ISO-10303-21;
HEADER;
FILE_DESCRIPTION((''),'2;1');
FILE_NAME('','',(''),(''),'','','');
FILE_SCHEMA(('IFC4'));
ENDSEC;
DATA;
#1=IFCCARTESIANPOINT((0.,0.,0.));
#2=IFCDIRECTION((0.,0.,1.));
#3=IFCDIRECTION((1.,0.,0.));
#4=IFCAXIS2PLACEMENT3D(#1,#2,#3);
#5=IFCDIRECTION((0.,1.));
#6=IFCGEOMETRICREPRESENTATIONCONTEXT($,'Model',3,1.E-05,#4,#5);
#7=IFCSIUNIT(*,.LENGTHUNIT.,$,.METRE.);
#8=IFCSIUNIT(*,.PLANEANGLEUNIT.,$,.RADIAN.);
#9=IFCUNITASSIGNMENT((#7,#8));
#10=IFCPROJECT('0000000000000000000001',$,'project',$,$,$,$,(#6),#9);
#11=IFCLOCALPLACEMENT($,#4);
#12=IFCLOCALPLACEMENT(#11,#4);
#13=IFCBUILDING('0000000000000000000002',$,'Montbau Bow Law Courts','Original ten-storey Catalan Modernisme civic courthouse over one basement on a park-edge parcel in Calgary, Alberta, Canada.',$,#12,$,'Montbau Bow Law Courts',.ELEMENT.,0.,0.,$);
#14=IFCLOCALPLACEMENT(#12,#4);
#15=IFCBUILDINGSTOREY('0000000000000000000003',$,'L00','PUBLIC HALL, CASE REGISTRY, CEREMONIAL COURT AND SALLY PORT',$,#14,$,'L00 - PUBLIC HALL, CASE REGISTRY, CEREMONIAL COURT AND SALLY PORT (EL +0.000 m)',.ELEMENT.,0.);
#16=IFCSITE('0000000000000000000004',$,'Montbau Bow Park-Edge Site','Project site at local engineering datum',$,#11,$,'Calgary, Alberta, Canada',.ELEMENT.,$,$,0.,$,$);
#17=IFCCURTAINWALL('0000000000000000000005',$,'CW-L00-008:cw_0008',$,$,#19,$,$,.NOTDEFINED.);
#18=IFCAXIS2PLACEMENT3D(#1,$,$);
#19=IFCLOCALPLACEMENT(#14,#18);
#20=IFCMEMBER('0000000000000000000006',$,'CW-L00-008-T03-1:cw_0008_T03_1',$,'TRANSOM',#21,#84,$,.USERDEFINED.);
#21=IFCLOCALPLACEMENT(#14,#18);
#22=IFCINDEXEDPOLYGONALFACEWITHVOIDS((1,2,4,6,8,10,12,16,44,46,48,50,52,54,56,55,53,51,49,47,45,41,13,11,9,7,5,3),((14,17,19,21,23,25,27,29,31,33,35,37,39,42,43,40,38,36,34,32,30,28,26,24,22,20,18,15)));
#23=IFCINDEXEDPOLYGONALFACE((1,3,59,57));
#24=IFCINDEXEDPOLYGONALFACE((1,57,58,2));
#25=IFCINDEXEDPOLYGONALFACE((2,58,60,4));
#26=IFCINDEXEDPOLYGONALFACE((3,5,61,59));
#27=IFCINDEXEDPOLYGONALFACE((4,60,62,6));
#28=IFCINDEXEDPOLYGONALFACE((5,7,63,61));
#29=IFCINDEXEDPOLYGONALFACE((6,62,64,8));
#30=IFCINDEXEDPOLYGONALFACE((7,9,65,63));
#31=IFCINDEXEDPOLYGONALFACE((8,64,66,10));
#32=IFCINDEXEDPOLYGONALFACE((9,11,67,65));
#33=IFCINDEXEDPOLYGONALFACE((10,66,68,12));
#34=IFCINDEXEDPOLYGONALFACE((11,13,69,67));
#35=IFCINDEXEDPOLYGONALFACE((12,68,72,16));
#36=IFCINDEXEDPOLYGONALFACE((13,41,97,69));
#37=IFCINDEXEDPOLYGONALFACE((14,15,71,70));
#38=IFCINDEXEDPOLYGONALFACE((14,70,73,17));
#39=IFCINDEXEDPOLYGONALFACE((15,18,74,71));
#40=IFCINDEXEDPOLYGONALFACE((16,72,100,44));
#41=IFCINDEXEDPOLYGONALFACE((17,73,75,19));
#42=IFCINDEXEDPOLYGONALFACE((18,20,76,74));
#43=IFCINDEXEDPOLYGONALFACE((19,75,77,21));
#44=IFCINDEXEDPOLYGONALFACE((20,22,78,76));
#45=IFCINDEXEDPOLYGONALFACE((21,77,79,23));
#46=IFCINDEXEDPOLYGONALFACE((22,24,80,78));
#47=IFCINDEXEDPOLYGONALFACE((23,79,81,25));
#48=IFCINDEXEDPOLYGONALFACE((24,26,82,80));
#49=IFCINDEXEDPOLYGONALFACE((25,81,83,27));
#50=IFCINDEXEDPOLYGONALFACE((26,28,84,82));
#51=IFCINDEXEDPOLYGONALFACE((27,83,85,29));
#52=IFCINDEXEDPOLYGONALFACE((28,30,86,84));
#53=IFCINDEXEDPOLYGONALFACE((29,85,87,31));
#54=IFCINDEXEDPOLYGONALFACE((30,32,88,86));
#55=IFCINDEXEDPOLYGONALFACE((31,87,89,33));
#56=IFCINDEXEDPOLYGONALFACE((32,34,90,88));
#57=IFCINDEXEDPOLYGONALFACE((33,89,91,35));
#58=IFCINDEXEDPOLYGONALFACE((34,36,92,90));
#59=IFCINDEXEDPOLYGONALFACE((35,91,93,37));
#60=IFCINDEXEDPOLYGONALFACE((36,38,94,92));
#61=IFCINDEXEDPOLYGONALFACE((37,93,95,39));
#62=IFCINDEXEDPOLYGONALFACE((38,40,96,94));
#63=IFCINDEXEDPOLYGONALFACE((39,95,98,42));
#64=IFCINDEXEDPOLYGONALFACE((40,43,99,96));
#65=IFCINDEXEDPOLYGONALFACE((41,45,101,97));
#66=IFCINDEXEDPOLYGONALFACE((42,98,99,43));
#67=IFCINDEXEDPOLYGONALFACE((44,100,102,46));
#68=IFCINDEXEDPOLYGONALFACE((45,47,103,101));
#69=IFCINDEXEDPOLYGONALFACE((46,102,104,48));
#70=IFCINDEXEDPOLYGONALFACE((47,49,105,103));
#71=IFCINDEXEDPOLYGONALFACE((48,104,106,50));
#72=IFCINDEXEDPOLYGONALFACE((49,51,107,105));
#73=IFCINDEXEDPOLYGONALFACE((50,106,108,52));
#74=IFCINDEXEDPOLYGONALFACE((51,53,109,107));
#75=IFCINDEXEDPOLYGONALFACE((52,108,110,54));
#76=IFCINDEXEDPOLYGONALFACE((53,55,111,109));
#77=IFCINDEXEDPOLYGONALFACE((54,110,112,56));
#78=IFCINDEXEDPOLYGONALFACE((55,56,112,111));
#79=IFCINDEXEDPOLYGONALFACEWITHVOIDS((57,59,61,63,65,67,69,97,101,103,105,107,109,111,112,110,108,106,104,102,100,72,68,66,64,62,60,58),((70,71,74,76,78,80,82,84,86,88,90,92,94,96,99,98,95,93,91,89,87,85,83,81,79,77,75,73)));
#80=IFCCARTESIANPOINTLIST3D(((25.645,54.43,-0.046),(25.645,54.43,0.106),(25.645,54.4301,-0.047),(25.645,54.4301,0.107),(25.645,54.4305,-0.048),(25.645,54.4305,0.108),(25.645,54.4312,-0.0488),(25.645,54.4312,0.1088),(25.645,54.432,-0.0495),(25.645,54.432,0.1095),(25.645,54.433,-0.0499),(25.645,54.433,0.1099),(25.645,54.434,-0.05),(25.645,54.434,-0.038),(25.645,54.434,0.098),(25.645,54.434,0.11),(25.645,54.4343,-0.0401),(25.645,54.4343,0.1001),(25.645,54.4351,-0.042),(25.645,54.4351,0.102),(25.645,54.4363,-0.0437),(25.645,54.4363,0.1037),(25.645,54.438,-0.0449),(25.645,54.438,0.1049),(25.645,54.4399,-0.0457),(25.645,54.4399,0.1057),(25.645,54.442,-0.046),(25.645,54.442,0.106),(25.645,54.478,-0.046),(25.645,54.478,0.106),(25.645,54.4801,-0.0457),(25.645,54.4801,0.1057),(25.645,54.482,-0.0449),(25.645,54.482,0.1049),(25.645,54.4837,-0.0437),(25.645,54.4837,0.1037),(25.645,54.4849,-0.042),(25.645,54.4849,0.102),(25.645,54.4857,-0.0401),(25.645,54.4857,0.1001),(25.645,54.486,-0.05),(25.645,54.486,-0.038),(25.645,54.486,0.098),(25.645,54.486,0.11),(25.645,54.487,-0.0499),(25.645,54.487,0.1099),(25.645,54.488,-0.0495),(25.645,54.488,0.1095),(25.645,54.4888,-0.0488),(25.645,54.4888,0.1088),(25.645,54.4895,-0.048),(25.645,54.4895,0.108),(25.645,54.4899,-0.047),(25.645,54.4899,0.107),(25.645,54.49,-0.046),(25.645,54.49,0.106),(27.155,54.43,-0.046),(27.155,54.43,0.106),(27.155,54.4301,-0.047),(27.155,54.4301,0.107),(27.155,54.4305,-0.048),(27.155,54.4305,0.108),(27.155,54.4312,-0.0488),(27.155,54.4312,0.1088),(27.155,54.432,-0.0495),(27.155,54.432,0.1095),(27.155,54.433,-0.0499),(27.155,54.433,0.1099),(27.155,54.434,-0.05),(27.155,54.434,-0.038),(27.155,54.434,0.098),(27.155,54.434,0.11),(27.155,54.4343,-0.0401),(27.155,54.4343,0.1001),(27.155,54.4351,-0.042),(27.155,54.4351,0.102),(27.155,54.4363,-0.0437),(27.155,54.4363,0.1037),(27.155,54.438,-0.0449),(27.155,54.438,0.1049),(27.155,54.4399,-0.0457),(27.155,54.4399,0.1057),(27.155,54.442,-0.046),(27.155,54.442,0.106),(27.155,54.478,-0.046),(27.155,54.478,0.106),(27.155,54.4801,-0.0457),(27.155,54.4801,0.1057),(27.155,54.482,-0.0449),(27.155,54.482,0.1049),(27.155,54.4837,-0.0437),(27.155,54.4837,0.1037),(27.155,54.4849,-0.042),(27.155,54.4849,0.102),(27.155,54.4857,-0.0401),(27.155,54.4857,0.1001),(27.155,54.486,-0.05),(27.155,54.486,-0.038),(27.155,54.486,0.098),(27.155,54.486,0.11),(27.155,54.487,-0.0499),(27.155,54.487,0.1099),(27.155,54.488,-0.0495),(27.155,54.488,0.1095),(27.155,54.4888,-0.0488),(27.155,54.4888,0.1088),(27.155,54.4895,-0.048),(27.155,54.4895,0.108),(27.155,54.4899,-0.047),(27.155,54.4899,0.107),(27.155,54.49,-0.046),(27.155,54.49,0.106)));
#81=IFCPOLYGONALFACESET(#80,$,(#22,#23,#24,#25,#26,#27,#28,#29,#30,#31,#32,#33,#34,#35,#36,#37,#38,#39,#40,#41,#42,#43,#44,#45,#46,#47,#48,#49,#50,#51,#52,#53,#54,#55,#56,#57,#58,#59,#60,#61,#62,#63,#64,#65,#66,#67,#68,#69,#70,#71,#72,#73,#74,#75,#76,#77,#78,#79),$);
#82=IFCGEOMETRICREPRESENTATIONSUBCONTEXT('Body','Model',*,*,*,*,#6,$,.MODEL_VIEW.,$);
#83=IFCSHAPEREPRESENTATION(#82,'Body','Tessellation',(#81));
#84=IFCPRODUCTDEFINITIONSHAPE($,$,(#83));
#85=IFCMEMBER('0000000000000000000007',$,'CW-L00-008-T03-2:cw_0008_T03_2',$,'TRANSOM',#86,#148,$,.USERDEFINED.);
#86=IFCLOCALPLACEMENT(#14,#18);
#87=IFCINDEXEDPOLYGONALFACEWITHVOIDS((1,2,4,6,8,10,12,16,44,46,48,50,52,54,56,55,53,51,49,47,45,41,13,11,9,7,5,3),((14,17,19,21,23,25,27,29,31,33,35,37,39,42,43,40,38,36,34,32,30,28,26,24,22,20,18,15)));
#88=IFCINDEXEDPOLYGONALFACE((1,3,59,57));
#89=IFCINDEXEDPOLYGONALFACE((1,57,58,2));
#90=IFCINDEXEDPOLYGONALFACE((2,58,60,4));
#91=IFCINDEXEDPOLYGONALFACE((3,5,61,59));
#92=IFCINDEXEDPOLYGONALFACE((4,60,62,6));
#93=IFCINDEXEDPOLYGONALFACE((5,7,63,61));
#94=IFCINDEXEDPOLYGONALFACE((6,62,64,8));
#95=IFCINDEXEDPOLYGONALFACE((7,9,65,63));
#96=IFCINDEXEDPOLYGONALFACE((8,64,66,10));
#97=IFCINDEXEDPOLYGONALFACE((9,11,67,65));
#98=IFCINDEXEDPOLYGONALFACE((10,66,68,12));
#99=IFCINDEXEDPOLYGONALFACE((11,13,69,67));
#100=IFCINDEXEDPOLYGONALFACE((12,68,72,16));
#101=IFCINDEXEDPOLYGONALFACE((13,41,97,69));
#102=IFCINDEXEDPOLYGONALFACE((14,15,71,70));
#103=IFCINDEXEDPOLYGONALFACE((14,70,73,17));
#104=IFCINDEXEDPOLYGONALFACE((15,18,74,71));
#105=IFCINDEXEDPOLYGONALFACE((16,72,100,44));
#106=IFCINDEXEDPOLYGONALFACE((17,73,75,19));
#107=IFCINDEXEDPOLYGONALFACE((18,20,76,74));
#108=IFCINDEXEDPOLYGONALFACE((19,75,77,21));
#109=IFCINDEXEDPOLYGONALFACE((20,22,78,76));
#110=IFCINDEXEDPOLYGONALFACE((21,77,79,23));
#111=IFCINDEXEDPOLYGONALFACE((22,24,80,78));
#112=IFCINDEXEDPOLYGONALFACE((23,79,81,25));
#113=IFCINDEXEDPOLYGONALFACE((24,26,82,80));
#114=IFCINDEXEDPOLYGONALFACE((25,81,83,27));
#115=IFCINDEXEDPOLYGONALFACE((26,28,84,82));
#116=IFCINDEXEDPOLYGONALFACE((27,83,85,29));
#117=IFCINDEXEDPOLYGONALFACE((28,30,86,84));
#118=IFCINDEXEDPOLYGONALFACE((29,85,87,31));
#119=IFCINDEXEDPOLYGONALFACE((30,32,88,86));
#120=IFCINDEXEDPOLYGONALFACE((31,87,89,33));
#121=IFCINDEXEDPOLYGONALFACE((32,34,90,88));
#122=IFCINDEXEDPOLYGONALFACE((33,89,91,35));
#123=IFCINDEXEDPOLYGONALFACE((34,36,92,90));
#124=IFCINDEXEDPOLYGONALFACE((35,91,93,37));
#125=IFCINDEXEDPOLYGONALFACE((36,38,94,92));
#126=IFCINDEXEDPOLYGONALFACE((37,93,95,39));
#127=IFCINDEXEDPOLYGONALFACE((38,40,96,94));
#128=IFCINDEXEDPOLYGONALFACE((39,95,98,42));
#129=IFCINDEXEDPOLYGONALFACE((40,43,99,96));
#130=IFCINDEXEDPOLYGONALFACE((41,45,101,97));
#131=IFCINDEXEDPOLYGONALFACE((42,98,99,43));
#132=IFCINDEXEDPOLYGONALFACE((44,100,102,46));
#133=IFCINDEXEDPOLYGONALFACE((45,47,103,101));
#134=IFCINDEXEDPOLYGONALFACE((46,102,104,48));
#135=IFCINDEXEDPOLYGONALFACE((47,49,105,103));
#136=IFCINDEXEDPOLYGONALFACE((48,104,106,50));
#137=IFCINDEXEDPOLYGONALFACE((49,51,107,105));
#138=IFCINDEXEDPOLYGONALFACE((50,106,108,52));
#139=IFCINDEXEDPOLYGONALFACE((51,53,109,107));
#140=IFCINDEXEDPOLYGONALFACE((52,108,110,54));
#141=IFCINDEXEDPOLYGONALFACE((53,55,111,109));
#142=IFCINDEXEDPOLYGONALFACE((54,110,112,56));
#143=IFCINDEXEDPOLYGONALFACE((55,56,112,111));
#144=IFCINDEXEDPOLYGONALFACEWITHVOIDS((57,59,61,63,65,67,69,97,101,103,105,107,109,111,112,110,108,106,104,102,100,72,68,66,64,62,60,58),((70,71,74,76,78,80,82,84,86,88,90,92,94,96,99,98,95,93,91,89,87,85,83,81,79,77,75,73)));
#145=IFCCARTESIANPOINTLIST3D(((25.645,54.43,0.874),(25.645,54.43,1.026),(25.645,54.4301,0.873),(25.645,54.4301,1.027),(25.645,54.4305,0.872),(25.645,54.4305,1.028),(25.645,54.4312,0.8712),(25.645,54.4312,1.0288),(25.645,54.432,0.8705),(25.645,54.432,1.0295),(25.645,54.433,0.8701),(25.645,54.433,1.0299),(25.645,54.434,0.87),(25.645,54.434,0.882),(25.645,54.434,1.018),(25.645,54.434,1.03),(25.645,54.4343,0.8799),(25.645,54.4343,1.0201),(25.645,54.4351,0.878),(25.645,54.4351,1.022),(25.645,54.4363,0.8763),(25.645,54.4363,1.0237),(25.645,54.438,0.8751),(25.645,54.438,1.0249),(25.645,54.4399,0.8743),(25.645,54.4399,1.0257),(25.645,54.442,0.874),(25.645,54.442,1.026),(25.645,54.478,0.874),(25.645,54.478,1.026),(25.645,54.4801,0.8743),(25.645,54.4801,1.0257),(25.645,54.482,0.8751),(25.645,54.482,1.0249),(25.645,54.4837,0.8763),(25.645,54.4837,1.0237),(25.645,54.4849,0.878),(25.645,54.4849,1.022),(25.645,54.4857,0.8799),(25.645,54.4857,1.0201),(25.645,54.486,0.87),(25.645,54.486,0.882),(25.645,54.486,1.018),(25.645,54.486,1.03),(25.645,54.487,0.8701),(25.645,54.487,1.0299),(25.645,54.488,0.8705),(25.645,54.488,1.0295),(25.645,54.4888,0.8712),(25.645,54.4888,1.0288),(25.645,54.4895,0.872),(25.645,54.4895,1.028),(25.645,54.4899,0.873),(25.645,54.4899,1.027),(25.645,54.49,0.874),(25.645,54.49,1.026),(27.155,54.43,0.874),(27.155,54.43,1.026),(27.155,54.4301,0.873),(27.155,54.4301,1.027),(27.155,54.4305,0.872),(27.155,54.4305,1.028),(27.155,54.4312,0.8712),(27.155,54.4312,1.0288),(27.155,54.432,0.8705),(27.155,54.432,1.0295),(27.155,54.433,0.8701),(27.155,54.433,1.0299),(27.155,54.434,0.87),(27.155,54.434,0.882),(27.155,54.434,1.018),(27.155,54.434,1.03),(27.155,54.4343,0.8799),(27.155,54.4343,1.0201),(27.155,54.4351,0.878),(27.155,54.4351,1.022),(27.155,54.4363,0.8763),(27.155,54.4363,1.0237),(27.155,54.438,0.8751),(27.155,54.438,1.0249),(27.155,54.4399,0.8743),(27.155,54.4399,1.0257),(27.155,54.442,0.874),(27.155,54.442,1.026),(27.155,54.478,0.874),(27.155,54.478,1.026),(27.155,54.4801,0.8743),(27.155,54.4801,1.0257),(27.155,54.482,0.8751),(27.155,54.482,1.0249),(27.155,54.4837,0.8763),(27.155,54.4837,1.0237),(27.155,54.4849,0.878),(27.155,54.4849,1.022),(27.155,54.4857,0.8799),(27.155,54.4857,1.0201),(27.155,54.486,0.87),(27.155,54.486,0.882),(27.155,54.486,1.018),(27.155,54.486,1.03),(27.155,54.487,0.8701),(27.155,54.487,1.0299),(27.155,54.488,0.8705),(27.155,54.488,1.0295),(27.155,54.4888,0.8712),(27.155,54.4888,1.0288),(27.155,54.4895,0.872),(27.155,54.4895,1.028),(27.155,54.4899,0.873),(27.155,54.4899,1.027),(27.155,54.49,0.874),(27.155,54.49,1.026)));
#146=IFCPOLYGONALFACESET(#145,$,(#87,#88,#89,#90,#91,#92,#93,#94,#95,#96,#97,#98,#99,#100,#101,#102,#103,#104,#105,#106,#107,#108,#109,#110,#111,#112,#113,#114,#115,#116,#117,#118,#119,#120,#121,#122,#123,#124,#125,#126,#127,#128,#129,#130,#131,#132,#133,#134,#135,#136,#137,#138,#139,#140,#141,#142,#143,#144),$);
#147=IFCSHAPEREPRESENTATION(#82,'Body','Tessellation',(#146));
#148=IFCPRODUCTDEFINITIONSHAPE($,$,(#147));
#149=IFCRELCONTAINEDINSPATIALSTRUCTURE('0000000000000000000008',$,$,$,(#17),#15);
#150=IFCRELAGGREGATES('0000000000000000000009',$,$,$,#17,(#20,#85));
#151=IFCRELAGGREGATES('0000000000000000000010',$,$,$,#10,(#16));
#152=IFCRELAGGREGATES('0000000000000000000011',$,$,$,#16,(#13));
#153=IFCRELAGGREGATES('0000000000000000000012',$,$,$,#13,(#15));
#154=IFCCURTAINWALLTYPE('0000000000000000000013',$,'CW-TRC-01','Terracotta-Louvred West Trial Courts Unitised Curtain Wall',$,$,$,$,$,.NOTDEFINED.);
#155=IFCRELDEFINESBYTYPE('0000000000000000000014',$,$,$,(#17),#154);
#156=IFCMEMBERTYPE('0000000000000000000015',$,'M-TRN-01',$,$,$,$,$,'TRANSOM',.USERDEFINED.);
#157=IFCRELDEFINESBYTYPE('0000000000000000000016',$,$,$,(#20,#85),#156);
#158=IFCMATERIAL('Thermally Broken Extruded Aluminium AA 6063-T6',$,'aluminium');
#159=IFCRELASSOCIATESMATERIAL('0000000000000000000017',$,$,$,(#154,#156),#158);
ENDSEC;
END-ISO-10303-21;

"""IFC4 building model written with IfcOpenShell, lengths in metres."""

from ifc_helpers import new_model, si_unit, direction, frame, origin_with_axes, origin_2d_with_axis, place, context, subcontext, project, spatial, hollow_rectangle, extrude, material, material_profile, profile_set, type_object, element, aggregate, save


model = new_model("IFC4")

# Units and contexts
model_context = context("Model", 3, precision=1e-05, world=origin_with_axes(), true_north=direction((0.0, 1.0)))
body_context = subcontext(model_context, "Body", "Model", "MODEL_VIEW")
ifc_project = project(units=[si_unit("LENGTHUNIT", "METRE"), si_unit("PLANEANGLEUNIT", "RADIAN")], contexts=[model_context])

# Site, building, storey
site_placement = place(None, origin_with_axes())
site = spatial("IfcSite", under=ifc_project, at=site_placement, Name="Montbau Bow Park-Edge Site", Description="Project site at local engineering datum", LongName="Calgary, Alberta, Canada", CompositionType="ELEMENT", RefElevation=0.0)
building_placement = place(site_placement, origin_with_axes())
building = spatial("IfcBuilding", under=site, at=building_placement, Name="Montbau Bow Law Courts", Description="Original ten-storey Catalan Modernisme civic courthouse over one basement on a park-edge parcel in Calgary, Alberta, Canada.", LongName="Montbau Bow Law Courts", CompositionType="ELEMENT", ElevationOfRefHeight=0.0, ElevationOfTerrain=0.0)
storey_placement = place(building_placement, origin_with_axes())
storey = spatial("IfcBuildingStorey", under=building, at=storey_placement, Name="L00", Description="PUBLIC HALL, CASE REGISTRY, CEREMONIAL COURT AND SALLY PORT", LongName="L00 - PUBLIC HALL, CASE REGISTRY, CEREMONIAL COURT AND SALLY PORT (EL +0.000 m)", CompositionType="ELEMENT", Elevation=0.0)

# Curtain wall, members
ifc_material_1 = material(Name="Thermally Broken Extruded Aluminium AA 6063-T6", Category="aluminium")
curtain_wall_type = type_object("IfcCurtainWallType", Name="CW-TRC-01", Description="Terracotta-Louvred West Trial Courts Unitised Curtain Wall", PredefinedType="NOTDEFINED", material=ifc_material_1)
curtain_wall_1_placement = place(None, frame((22.467, 54.46, 0.0), z_axis=(0.0, 0.0, 1.0), x_axis=(1.0, 0.0, 0.0)))
curtain_wall_1 = element("IfcCurtainWall", 1, at=curtain_wall_1_placement, inside=storey, type_object=curtain_wall_type, Name="CW-L00-008:cw_0008", PredefinedType="NOTDEFINED")
ifc_material_profile_1 = material_profile(ifc_material_1, hollow_rectangle(XDim=0.06, YDim=0.16, WallThickness=0.004, InnerFilletRadius=0.008, OuterFilletRadius=0.004, at=origin_2d_with_axis()), Name="CWT-160X60", Category="Main", Priority=0)
ifc_profile_set_1 = profile_set([ifc_material_profile_1], Name="Thermally Broken Extruded Aluminium AA 6063-T6")
member_type_1 = type_object("IfcMemberType", Name="M-TRN-01", ElementType="TRANSOM", PredefinedType="USERDEFINED", material=ifc_profile_set_1)
member_1_placement = place(None, frame((25.645, 54.46, 0.03), z_axis=(1.0, 0.0, 0.0), x_axis=(0.0, 1.0, 0.0)))
member_1 = element("IfcMember", 2, at=member_1_placement, type_object=member_type_1, Name="CW-L00-008-T03-1:cw_0008_T03_1", ObjectType="TRANSOM", PredefinedType="USERDEFINED", context=body_context, shape_type="SweptSolid", body=[
    extrude(hollow_rectangle(XDim=0.06, YDim=0.16, WallThickness=0.004, InnerFilletRadius=0.008, OuterFilletRadius=0.004, at=origin_2d_with_axis()), origin_with_axes(), (0.0, 0.0, 1.0), 1.51),
])
member_2_placement = place(None, frame((25.645, 54.46, 0.95), z_axis=(1.0, 0.0, 0.0), x_axis=(0.0, 1.0, 0.0)))
member_2 = element("IfcMember", 3, at=member_2_placement, type_object=member_type_1, Name="CW-L00-008-T03-2:cw_0008_T03_2", ObjectType="TRANSOM", PredefinedType="USERDEFINED", context=body_context, shape_type="SweptSolid", body=[
    extrude(hollow_rectangle(XDim=0.06, YDim=0.16, WallThickness=0.004, InnerFilletRadius=0.008, OuterFilletRadius=0.004, at=origin_2d_with_axis()), origin_with_axes(), (0.0, 0.0, 1.0), 1.51),
])

aggregate(curtain_wall_1, [member_1, member_2])

save(model, "model.ifc")
